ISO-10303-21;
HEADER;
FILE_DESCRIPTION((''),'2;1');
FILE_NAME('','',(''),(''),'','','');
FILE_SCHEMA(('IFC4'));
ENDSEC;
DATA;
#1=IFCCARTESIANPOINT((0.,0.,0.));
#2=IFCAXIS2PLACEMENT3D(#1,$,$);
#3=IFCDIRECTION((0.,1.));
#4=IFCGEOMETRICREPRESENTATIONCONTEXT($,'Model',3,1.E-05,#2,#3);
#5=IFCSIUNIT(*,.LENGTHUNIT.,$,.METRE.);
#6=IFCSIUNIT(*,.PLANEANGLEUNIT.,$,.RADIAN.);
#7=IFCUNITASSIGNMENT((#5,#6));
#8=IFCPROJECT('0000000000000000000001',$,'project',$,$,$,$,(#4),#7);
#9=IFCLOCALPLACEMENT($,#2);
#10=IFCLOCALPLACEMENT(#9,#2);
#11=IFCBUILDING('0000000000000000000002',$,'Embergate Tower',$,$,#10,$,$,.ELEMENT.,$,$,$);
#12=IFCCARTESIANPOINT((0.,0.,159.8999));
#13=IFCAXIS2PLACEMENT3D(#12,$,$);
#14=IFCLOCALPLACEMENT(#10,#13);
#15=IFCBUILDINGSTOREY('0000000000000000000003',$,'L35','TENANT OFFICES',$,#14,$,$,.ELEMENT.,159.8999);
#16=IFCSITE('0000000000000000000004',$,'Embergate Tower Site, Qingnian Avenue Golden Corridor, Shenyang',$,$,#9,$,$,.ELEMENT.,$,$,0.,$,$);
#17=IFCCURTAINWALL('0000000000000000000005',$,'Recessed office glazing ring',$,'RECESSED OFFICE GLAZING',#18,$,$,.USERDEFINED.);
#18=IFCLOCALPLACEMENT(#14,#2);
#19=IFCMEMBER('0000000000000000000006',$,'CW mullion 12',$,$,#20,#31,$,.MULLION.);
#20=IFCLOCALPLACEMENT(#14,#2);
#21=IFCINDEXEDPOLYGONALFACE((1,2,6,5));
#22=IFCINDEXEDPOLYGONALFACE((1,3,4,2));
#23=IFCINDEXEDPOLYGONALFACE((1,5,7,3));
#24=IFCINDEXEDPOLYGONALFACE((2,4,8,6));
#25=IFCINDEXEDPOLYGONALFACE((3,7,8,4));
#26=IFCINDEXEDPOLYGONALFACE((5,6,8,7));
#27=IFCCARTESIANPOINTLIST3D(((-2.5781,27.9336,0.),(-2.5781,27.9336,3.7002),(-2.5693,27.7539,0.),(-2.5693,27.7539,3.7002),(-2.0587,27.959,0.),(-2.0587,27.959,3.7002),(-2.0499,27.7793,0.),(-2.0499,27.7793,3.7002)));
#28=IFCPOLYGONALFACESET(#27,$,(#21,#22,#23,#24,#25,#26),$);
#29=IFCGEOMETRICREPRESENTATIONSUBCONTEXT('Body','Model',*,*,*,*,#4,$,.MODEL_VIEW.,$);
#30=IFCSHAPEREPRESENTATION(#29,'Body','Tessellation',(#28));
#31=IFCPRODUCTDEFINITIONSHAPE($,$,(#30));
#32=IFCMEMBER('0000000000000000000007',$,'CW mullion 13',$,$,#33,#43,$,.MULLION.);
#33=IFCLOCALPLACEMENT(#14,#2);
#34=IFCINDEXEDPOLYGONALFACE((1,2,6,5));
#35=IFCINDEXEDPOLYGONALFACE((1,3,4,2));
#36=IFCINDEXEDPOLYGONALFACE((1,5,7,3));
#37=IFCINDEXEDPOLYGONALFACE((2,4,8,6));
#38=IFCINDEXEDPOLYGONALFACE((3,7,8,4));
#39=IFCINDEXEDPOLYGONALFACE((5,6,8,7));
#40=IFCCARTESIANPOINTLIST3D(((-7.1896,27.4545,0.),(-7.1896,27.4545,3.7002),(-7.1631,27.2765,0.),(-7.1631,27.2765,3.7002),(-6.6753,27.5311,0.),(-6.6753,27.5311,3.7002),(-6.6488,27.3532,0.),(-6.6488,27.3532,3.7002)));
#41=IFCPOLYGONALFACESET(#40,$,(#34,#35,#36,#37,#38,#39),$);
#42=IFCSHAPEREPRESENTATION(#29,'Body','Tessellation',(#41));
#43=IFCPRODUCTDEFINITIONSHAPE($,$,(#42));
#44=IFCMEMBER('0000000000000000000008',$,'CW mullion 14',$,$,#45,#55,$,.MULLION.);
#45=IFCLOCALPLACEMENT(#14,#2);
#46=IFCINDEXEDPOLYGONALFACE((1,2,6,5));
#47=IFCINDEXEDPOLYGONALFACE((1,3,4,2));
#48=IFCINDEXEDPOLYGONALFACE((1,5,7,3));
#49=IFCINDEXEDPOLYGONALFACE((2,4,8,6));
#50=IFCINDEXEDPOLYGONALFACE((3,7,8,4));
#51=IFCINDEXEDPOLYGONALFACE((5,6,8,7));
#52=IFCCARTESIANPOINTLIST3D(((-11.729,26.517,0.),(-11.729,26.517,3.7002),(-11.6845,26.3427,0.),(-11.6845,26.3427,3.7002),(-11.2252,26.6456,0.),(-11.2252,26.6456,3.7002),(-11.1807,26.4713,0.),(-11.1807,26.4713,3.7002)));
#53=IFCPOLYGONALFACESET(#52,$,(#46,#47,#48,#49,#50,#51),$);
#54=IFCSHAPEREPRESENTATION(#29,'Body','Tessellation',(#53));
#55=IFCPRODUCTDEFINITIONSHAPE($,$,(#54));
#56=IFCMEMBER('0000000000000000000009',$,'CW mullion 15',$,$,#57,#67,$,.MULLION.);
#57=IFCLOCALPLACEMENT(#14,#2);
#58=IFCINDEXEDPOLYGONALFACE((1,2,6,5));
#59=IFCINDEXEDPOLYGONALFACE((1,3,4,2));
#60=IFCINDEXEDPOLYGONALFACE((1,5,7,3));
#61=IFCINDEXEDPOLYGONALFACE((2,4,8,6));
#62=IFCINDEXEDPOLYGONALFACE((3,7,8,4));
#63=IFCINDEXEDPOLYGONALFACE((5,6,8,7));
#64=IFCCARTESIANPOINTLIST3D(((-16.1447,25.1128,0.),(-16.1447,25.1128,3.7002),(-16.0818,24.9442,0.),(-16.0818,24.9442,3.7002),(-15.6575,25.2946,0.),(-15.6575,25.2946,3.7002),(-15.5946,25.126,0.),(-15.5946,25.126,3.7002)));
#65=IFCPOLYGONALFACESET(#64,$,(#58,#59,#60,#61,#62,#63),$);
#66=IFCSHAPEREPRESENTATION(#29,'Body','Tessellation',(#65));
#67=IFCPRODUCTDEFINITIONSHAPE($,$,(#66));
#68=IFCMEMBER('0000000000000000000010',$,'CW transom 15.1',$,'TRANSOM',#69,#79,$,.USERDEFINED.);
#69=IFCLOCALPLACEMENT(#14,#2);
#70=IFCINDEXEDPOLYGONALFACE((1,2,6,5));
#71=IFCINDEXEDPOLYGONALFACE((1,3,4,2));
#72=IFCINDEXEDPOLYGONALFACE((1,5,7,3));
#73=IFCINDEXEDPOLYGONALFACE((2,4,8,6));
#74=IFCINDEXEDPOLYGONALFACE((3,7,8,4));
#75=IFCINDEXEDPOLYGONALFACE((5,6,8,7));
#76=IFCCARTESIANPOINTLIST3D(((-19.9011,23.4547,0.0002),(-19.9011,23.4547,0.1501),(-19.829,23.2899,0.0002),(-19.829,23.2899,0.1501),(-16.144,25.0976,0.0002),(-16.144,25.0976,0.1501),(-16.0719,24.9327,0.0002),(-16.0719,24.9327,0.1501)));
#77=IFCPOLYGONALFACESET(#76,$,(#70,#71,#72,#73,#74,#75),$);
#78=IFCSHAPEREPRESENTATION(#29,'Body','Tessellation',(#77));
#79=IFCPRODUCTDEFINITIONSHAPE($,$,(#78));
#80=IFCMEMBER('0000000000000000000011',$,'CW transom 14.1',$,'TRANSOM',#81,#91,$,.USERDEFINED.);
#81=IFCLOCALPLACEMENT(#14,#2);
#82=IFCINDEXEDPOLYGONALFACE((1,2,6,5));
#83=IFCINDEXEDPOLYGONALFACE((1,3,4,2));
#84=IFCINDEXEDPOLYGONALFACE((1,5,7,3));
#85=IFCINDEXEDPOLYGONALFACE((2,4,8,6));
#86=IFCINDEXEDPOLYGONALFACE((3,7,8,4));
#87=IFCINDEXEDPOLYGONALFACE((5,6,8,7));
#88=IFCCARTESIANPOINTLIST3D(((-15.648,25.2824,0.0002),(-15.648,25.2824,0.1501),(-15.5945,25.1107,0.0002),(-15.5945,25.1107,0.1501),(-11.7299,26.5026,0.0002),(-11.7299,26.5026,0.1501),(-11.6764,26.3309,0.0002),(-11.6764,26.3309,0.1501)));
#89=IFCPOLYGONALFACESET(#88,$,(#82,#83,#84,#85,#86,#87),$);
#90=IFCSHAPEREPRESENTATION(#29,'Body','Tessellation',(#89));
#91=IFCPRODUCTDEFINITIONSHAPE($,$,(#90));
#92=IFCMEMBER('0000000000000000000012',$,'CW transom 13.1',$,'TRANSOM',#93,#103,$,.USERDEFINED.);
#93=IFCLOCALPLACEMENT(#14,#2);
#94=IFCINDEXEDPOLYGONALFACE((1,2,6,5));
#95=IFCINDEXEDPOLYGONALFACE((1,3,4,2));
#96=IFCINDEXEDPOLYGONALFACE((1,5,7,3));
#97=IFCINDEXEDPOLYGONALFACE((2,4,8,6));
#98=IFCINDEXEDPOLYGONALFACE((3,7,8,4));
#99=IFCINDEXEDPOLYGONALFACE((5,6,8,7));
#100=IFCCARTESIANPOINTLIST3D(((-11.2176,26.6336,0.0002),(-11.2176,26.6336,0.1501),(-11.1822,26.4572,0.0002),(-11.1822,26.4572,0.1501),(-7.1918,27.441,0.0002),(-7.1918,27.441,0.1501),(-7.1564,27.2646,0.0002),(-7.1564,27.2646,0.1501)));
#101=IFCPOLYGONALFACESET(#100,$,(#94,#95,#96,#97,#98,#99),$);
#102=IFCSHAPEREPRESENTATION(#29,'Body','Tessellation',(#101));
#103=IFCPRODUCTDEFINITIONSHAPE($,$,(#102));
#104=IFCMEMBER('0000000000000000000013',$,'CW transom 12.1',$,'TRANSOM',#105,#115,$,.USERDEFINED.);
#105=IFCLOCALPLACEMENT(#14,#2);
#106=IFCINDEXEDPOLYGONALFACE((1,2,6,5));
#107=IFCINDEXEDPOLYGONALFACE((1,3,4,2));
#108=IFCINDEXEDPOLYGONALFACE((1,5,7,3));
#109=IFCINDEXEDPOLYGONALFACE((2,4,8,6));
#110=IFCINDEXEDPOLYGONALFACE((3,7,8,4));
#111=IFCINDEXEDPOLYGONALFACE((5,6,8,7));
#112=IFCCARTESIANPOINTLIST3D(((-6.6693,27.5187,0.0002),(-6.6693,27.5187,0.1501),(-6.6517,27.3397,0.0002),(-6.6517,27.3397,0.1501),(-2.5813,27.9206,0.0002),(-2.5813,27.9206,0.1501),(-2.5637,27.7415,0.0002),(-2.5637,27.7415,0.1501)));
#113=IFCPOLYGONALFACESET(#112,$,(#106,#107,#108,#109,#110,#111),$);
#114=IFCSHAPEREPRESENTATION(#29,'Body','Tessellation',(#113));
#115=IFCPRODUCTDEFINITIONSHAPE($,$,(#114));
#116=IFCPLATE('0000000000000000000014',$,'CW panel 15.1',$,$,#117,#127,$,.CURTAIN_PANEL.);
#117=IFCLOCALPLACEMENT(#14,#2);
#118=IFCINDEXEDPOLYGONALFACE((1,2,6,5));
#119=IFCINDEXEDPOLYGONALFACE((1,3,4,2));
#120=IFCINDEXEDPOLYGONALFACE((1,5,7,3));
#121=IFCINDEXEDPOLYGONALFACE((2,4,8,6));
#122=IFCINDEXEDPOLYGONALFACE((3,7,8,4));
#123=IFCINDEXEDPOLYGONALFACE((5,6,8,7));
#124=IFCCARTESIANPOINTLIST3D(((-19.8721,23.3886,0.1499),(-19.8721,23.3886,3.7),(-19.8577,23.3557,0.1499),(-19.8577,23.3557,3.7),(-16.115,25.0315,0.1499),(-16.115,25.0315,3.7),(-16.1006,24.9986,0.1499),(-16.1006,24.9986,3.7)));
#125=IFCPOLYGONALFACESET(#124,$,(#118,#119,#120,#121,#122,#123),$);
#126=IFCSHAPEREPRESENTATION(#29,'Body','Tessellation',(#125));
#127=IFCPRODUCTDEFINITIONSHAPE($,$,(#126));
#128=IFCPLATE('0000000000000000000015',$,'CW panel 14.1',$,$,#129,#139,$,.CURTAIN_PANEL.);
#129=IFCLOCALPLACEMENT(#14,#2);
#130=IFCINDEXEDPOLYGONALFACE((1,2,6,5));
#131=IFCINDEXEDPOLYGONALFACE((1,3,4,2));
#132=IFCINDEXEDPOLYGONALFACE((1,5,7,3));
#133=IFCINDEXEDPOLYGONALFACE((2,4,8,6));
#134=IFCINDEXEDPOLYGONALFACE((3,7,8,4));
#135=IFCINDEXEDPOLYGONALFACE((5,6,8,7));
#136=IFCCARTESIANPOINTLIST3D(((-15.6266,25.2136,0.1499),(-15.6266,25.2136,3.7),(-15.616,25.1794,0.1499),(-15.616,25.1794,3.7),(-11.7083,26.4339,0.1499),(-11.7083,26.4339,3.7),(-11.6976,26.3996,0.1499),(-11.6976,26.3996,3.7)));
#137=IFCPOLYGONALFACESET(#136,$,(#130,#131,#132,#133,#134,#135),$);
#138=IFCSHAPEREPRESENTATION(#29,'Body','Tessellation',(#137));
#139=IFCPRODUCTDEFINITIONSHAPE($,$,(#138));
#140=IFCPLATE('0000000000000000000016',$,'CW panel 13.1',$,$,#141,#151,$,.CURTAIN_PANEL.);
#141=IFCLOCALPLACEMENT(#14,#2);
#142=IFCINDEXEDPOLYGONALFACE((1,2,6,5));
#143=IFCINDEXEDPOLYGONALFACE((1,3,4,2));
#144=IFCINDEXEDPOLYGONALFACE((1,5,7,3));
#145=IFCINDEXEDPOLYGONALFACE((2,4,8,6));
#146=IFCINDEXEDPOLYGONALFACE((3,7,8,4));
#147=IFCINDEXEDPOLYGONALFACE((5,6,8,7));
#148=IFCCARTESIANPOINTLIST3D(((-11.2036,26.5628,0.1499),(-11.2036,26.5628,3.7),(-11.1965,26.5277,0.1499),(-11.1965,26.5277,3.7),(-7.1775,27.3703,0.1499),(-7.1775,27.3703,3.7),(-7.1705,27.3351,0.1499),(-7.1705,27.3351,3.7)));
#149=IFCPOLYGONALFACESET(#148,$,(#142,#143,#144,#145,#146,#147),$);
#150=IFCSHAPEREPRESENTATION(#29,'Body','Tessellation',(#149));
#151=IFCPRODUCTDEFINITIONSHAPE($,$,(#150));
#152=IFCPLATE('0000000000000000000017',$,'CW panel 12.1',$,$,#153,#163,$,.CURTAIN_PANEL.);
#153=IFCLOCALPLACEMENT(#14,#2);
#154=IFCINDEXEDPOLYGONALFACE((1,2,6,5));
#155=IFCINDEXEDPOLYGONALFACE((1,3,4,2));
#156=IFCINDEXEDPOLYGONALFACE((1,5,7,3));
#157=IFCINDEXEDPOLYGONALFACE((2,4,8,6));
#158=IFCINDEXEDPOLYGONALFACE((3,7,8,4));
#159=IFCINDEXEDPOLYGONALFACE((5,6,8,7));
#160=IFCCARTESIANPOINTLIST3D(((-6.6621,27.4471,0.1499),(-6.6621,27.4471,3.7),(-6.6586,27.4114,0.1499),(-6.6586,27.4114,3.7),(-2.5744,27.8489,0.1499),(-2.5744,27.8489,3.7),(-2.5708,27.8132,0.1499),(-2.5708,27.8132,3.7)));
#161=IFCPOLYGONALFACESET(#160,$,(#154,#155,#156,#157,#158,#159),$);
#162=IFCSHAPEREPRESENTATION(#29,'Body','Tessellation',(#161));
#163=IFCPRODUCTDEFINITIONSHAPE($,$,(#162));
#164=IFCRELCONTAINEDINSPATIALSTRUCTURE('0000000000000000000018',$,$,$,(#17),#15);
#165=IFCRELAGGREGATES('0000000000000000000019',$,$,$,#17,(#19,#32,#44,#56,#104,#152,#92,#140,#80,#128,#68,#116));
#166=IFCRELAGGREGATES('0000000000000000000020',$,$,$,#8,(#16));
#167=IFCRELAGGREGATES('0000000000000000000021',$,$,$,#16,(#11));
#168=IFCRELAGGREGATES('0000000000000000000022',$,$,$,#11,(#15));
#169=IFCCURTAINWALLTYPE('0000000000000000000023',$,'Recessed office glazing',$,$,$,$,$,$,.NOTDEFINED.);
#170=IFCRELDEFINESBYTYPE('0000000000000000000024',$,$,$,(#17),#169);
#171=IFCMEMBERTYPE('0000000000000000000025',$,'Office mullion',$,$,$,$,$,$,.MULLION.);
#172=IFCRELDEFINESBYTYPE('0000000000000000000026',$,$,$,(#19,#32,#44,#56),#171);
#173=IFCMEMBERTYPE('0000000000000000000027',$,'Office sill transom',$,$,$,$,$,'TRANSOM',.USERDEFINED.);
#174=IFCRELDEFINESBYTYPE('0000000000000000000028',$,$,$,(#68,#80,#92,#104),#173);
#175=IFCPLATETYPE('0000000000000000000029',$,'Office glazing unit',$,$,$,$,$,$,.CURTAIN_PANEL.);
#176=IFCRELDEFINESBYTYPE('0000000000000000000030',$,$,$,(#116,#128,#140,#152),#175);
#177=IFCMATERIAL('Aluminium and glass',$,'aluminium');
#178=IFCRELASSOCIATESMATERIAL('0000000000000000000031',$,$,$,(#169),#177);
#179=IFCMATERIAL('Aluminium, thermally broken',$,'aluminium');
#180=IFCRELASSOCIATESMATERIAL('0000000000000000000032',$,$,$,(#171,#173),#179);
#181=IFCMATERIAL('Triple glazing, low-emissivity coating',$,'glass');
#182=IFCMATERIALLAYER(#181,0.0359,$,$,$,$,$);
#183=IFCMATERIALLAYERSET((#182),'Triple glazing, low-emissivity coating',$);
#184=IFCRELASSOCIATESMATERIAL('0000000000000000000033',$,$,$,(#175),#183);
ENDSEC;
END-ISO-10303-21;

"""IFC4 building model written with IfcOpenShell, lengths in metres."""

from ifc_helpers import new_model, si_unit, direction, frame, origin, origin_2d, place, context, subcontext, project, spatial, rectangle, extrude, source, transform, mapped, material, layer, layer_set, material_profile, profile_set, type_object, element, aggregate, save


model = new_model("IFC4")

# Units and contexts
model_context = context("Model", 3, precision=1e-05, world=origin(), true_north=direction((0.0, 1.0)))
body_context = subcontext(model_context, "Body", "Model", "MODEL_VIEW")
ifc_project = project(units=[si_unit("LENGTHUNIT", "METRE"), si_unit("PLANEANGLEUNIT", "RADIAN")], contexts=[model_context])

# Site, building, storey
site_placement = place(None, origin())
site = spatial("IfcSite", under=ifc_project, at=site_placement, Name="Embergate Tower Site, Qingnian Avenue Golden Corridor, Shenyang", CompositionType="ELEMENT", RefElevation=0.0)
building_placement = place(site_placement, origin())
building = spatial("IfcBuilding", under=site, at=building_placement, Name="Embergate Tower", CompositionType="ELEMENT")
storey_placement = place(building_placement, frame((0.0, 0.0, 159.8999)))
storey = spatial("IfcBuildingStorey", under=building, at=storey_placement, Name="L35", Description="TENANT OFFICES", CompositionType="ELEMENT", Elevation=159.8999)

# Curtain wall, members, plates
ifc_material_1 = material(Name="Aluminium and glass", Category="aluminium")
curtain_wall_type = type_object("IfcCurtainWallType", Name="Recessed office glazing", PredefinedType="NOTDEFINED", material=ifc_material_1)
curtain_wall_placement = place(storey_placement, origin())
curtain_wall = element("IfcCurtainWall", 1, at=curtain_wall_placement, inside=storey, type_object=curtain_wall_type, Name="Recessed office glazing ring", ObjectType="RECESSED OFFICE GLAZING", PredefinedType="USERDEFINED")
ifc_material_2 = material(Name="Aluminium, thermally broken", Category="aluminium")
ifc_material_profile_1 = material_profile(ifc_material_2, rectangle(XDim=0.1799, YDim=0.52, at=origin_2d()), Name="AL 520x180")
ifc_profile_set_1 = profile_set([ifc_material_profile_1], Name="Aluminium, thermally broken")
member_type_1 = type_object("IfcMemberType", Name="Office mullion", PredefinedType="MULLION", material=ifc_profile_set_1)
shared_shape_1 = source(origin(), body_context, "Body", "SweptSolid", [
    extrude(rectangle(XDim=0.1799, YDim=0.52, at=origin_2d()), origin(), (0.0, 0.0, 1.0), 3.7002),
])
member_1_placement = place(storey_placement, frame((-2.314, 27.8564, 0.0), z_axis=(0.0, 0.0, 1.0), x_axis=(0.048972, -0.9988, 0.0)))
member_1 = element("IfcMember", 2, at=member_1_placement, type_object=member_type_1, Name="CW mullion 12", PredefinedType="MULLION", context=body_context, shape_type="MappedRepresentation", body=[
    mapped(shared_shape_1, transform((0.0, 0.0, 0.0))),
])
member_2_placement = place(storey_placement, frame((-6.9192, 27.4038, 0.0), z_axis=(0.0, 0.0, 1.0), x_axis=(0.147412, -0.989075, 0.0)))
member_2 = element("IfcMember", 3, at=member_2_placement, type_object=member_type_1, Name="CW mullion 13", PredefinedType="MULLION", context=body_context, shape_type="MappedRepresentation", body=[
    mapped(shared_shape_1, transform((0.0, 0.0, 0.0))),
])
member_3_placement = place(storey_placement, frame((-11.4548, 26.4941, 0.0), z_axis=(0.0, 0.0, 1.0), x_axis=(0.247312, -0.968936, 0.0)))
member_3 = element("IfcMember", 4, at=member_3_placement, type_object=member_type_1, Name="CW mullion 14", PredefinedType="MULLION", context=body_context, shape_type="MappedRepresentation", body=[
    mapped(shared_shape_1, transform((0.0, 0.0, 0.0))),
])
member_4_placement = place(storey_placement, frame((-15.8696, 25.1194, 0.0), z_axis=(0.0, 0.0, 1.0), x_axis=(0.349503, -0.936935, 0.0)))
member_4 = element("IfcMember", 5, at=member_4_placement, type_object=member_type_1, Name="CW mullion 15", PredefinedType="MULLION", context=body_context, shape_type="MappedRepresentation", body=[
    mapped(shared_shape_1, transform((0.0, 0.0, 0.0))),
])
ifc_material_profile_2 = material_profile(ifc_material_2, rectangle(XDim=0.1799, YDim=0.1499, at=origin_2d()), Name="AL 150x180")
ifc_profile_set_2 = profile_set([ifc_material_profile_2], Name="Aluminium, thermally broken")
member_type_2 = type_object("IfcMemberType", Name="Office sill transom", ElementType="TRANSOM", PredefinedType="USERDEFINED", material=ifc_profile_set_2)
shared_shape_2 = source(origin(), body_context, "Body", "SweptSolid", [
    extrude(rectangle(XDim=0.1799, YDim=0.1499, at=origin_2d()), origin(), (0.0, 0.0, 1.0), 4.1006),
])
member_5_placement = place(storey_placement, frame((-16.1079, 25.0151, 0.0752), z_axis=(-0.916238, -0.400635, 0.0), x_axis=(0.400635, -0.916238, 0.0)))
member_5 = element("IfcMember", 6, at=member_5_placement, type_object=member_type_2, Name="CW transom 15.1", ObjectType="TRANSOM", PredefinedType="USERDEFINED", context=body_context, shape_type="MappedRepresentation", body=[
    mapped(shared_shape_2, transform((0.0, 0.0, 0.0))),
])
shared_shape_3 = source(origin(), body_context, "Body", "SweptSolid", [
    extrude(rectangle(XDim=0.1799, YDim=0.1499, at=origin_2d()), origin(), (0.0, 0.0, 1.0), 4.1038),
])
member_6_placement = place(storey_placement, frame((-11.7031, 26.4167, 0.0752), z_axis=(-0.954773, -0.297337, 0.0), x_axis=(0.297337, -0.954773, 0.0)))
member_6 = element("IfcMember", 7, at=member_6_placement, type_object=member_type_2, Name="CW transom 14.1", ObjectType="TRANSOM", PredefinedType="USERDEFINED", context=body_context, shape_type="MappedRepresentation", body=[
    mapped(shared_shape_3, transform((0.0, 0.0, 0.0))),
])
shared_shape_4 = source(origin(), body_context, "Body", "SweptSolid", [
    extrude(rectangle(XDim=0.1799, YDim=0.1499, at=origin_2d()), origin(), (0.0, 0.0, 1.0), 4.106),
])
member_7_placement = place(storey_placement, frame((-7.1741, 27.3528, 0.0752), z_axis=(-0.980478, -0.196631, 0.0), x_axis=(0.196631, -0.980478, 0.0)))
member_7 = element("IfcMember", 8, at=member_7_placement, type_object=member_type_2, Name="CW transom 13.1", ObjectType="TRANSOM", PredefinedType="USERDEFINED", context=body_context, shape_type="MappedRepresentation", body=[
    mapped(shared_shape_4, transform((0.0, 0.0, 0.0))),
])
shared_shape_5 = source(origin(), body_context, "Body", "SweptSolid", [
    extrude(rectangle(XDim=0.1799, YDim=0.1499, at=origin_2d()), origin(), (0.0, 0.0, 1.0), 4.1077),
])
member_8_placement = place(storey_placement, frame((-2.5725, 27.8311, 0.0752), z_axis=(-0.995203, -0.097832, 0.0), x_axis=(0.097832, -0.995203, 0.0)))
member_8 = element("IfcMember", 9, at=member_8_placement, type_object=member_type_2, Name="CW transom 12.1", ObjectType="TRANSOM", PredefinedType="USERDEFINED", context=body_context, shape_type="MappedRepresentation", body=[
    mapped(shared_shape_5, transform((0.0, 0.0, 0.0))),
])
ifc_material_3 = material(Name="Triple glazing, low-emissivity coating", Category="glass")
ifc_layer_1 = layer(ifc_material_3, 0.0359)
ifc_layer_set_1 = layer_set([ifc_layer_1], Name="Triple glazing, low-emissivity coating")
plate_type = type_object("IfcPlateType", Name="Office glazing unit", PredefinedType="CURTAIN_PANEL", material=ifc_layer_set_1)
shared_shape_6 = source(origin(), body_context, "Body", "SweptSolid", [
    extrude(rectangle(XDim=4.1006, YDim=0.0359, at=origin_2d()), origin(), (0.0, 0.0, 1.0), 3.55),
])
plate_1_placement = place(storey_placement, frame((-17.9863, 24.1936, 0.1499), z_axis=(0.0, 0.0, 1.0), x_axis=(-0.916236, -0.400638, 0.0)))
plate_1 = element("IfcPlate", 10, at=plate_1_placement, type_object=plate_type, Name="CW panel 15.1", PredefinedType="CURTAIN_PANEL", context=body_context, shape_type="MappedRepresentation", body=[
    mapped(shared_shape_6, transform((0.0, 0.0, 0.0))),
])
shared_shape_7 = source(origin(), body_context, "Body", "SweptSolid", [
    extrude(rectangle(XDim=4.104, YDim=0.0359, at=origin_2d()), origin(), (0.0, 0.0, 1.0), 3.55),
])
plate_2_placement = place(storey_placement, frame((-13.6621, 25.8066, 0.1499), z_axis=(0.0, 0.0, 1.0), x_axis=(-0.954772, -0.297338, 0.0)))
plate_2 = element("IfcPlate", 11, at=plate_2_placement, type_object=plate_type, Name="CW panel 14.1", PredefinedType="CURTAIN_PANEL", context=body_context, shape_type="MappedRepresentation", body=[
    mapped(shared_shape_7, transform((0.0, 0.0, 0.0))),
])
shared_shape_8 = source(origin(), body_context, "Body", "SweptSolid", [
    extrude(rectangle(XDim=4.1062, YDim=0.0359, at=origin_2d()), origin(), (0.0, 0.0, 1.0), 3.55),
])
plate_3_placement = place(storey_placement, frame((-9.187, 26.949, 0.1499), z_axis=(0.0, 0.0, 1.0), x_axis=(-0.980476, -0.196639, 0.0)))
plate_3 = element("IfcPlate", 12, at=plate_3_placement, type_object=plate_type, Name="CW panel 13.1", PredefinedType="CURTAIN_PANEL", context=body_context, shape_type="MappedRepresentation", body=[
    mapped(shared_shape_8, transform((0.0, 0.0, 0.0))),
])
shared_shape_9 = source(origin(), body_context, "Body", "SweptSolid", [
    extrude(rectangle(XDim=4.1074, YDim=0.0359, at=origin_2d()), origin(), (0.0, 0.0, 1.0), 3.55),
])
plate_4_placement = place(storey_placement, frame((-4.6165, 27.6301, 0.1499), z_axis=(0.0, 0.0, 1.0), x_axis=(-0.995203, -0.09783, 0.0)))
plate_4 = element("IfcPlate", 13, at=plate_4_placement, type_object=plate_type, Name="CW panel 12.1", PredefinedType="CURTAIN_PANEL", context=body_context, shape_type="MappedRepresentation", body=[
    mapped(shared_shape_9, transform((0.0, 0.0, 0.0))),
])
aggregate(curtain_wall, [member_1, member_2, member_3, member_4, member_8, plate_4, member_7, plate_3, member_6, plate_2, member_5, plate_1])

save(model, "model.ifc")
